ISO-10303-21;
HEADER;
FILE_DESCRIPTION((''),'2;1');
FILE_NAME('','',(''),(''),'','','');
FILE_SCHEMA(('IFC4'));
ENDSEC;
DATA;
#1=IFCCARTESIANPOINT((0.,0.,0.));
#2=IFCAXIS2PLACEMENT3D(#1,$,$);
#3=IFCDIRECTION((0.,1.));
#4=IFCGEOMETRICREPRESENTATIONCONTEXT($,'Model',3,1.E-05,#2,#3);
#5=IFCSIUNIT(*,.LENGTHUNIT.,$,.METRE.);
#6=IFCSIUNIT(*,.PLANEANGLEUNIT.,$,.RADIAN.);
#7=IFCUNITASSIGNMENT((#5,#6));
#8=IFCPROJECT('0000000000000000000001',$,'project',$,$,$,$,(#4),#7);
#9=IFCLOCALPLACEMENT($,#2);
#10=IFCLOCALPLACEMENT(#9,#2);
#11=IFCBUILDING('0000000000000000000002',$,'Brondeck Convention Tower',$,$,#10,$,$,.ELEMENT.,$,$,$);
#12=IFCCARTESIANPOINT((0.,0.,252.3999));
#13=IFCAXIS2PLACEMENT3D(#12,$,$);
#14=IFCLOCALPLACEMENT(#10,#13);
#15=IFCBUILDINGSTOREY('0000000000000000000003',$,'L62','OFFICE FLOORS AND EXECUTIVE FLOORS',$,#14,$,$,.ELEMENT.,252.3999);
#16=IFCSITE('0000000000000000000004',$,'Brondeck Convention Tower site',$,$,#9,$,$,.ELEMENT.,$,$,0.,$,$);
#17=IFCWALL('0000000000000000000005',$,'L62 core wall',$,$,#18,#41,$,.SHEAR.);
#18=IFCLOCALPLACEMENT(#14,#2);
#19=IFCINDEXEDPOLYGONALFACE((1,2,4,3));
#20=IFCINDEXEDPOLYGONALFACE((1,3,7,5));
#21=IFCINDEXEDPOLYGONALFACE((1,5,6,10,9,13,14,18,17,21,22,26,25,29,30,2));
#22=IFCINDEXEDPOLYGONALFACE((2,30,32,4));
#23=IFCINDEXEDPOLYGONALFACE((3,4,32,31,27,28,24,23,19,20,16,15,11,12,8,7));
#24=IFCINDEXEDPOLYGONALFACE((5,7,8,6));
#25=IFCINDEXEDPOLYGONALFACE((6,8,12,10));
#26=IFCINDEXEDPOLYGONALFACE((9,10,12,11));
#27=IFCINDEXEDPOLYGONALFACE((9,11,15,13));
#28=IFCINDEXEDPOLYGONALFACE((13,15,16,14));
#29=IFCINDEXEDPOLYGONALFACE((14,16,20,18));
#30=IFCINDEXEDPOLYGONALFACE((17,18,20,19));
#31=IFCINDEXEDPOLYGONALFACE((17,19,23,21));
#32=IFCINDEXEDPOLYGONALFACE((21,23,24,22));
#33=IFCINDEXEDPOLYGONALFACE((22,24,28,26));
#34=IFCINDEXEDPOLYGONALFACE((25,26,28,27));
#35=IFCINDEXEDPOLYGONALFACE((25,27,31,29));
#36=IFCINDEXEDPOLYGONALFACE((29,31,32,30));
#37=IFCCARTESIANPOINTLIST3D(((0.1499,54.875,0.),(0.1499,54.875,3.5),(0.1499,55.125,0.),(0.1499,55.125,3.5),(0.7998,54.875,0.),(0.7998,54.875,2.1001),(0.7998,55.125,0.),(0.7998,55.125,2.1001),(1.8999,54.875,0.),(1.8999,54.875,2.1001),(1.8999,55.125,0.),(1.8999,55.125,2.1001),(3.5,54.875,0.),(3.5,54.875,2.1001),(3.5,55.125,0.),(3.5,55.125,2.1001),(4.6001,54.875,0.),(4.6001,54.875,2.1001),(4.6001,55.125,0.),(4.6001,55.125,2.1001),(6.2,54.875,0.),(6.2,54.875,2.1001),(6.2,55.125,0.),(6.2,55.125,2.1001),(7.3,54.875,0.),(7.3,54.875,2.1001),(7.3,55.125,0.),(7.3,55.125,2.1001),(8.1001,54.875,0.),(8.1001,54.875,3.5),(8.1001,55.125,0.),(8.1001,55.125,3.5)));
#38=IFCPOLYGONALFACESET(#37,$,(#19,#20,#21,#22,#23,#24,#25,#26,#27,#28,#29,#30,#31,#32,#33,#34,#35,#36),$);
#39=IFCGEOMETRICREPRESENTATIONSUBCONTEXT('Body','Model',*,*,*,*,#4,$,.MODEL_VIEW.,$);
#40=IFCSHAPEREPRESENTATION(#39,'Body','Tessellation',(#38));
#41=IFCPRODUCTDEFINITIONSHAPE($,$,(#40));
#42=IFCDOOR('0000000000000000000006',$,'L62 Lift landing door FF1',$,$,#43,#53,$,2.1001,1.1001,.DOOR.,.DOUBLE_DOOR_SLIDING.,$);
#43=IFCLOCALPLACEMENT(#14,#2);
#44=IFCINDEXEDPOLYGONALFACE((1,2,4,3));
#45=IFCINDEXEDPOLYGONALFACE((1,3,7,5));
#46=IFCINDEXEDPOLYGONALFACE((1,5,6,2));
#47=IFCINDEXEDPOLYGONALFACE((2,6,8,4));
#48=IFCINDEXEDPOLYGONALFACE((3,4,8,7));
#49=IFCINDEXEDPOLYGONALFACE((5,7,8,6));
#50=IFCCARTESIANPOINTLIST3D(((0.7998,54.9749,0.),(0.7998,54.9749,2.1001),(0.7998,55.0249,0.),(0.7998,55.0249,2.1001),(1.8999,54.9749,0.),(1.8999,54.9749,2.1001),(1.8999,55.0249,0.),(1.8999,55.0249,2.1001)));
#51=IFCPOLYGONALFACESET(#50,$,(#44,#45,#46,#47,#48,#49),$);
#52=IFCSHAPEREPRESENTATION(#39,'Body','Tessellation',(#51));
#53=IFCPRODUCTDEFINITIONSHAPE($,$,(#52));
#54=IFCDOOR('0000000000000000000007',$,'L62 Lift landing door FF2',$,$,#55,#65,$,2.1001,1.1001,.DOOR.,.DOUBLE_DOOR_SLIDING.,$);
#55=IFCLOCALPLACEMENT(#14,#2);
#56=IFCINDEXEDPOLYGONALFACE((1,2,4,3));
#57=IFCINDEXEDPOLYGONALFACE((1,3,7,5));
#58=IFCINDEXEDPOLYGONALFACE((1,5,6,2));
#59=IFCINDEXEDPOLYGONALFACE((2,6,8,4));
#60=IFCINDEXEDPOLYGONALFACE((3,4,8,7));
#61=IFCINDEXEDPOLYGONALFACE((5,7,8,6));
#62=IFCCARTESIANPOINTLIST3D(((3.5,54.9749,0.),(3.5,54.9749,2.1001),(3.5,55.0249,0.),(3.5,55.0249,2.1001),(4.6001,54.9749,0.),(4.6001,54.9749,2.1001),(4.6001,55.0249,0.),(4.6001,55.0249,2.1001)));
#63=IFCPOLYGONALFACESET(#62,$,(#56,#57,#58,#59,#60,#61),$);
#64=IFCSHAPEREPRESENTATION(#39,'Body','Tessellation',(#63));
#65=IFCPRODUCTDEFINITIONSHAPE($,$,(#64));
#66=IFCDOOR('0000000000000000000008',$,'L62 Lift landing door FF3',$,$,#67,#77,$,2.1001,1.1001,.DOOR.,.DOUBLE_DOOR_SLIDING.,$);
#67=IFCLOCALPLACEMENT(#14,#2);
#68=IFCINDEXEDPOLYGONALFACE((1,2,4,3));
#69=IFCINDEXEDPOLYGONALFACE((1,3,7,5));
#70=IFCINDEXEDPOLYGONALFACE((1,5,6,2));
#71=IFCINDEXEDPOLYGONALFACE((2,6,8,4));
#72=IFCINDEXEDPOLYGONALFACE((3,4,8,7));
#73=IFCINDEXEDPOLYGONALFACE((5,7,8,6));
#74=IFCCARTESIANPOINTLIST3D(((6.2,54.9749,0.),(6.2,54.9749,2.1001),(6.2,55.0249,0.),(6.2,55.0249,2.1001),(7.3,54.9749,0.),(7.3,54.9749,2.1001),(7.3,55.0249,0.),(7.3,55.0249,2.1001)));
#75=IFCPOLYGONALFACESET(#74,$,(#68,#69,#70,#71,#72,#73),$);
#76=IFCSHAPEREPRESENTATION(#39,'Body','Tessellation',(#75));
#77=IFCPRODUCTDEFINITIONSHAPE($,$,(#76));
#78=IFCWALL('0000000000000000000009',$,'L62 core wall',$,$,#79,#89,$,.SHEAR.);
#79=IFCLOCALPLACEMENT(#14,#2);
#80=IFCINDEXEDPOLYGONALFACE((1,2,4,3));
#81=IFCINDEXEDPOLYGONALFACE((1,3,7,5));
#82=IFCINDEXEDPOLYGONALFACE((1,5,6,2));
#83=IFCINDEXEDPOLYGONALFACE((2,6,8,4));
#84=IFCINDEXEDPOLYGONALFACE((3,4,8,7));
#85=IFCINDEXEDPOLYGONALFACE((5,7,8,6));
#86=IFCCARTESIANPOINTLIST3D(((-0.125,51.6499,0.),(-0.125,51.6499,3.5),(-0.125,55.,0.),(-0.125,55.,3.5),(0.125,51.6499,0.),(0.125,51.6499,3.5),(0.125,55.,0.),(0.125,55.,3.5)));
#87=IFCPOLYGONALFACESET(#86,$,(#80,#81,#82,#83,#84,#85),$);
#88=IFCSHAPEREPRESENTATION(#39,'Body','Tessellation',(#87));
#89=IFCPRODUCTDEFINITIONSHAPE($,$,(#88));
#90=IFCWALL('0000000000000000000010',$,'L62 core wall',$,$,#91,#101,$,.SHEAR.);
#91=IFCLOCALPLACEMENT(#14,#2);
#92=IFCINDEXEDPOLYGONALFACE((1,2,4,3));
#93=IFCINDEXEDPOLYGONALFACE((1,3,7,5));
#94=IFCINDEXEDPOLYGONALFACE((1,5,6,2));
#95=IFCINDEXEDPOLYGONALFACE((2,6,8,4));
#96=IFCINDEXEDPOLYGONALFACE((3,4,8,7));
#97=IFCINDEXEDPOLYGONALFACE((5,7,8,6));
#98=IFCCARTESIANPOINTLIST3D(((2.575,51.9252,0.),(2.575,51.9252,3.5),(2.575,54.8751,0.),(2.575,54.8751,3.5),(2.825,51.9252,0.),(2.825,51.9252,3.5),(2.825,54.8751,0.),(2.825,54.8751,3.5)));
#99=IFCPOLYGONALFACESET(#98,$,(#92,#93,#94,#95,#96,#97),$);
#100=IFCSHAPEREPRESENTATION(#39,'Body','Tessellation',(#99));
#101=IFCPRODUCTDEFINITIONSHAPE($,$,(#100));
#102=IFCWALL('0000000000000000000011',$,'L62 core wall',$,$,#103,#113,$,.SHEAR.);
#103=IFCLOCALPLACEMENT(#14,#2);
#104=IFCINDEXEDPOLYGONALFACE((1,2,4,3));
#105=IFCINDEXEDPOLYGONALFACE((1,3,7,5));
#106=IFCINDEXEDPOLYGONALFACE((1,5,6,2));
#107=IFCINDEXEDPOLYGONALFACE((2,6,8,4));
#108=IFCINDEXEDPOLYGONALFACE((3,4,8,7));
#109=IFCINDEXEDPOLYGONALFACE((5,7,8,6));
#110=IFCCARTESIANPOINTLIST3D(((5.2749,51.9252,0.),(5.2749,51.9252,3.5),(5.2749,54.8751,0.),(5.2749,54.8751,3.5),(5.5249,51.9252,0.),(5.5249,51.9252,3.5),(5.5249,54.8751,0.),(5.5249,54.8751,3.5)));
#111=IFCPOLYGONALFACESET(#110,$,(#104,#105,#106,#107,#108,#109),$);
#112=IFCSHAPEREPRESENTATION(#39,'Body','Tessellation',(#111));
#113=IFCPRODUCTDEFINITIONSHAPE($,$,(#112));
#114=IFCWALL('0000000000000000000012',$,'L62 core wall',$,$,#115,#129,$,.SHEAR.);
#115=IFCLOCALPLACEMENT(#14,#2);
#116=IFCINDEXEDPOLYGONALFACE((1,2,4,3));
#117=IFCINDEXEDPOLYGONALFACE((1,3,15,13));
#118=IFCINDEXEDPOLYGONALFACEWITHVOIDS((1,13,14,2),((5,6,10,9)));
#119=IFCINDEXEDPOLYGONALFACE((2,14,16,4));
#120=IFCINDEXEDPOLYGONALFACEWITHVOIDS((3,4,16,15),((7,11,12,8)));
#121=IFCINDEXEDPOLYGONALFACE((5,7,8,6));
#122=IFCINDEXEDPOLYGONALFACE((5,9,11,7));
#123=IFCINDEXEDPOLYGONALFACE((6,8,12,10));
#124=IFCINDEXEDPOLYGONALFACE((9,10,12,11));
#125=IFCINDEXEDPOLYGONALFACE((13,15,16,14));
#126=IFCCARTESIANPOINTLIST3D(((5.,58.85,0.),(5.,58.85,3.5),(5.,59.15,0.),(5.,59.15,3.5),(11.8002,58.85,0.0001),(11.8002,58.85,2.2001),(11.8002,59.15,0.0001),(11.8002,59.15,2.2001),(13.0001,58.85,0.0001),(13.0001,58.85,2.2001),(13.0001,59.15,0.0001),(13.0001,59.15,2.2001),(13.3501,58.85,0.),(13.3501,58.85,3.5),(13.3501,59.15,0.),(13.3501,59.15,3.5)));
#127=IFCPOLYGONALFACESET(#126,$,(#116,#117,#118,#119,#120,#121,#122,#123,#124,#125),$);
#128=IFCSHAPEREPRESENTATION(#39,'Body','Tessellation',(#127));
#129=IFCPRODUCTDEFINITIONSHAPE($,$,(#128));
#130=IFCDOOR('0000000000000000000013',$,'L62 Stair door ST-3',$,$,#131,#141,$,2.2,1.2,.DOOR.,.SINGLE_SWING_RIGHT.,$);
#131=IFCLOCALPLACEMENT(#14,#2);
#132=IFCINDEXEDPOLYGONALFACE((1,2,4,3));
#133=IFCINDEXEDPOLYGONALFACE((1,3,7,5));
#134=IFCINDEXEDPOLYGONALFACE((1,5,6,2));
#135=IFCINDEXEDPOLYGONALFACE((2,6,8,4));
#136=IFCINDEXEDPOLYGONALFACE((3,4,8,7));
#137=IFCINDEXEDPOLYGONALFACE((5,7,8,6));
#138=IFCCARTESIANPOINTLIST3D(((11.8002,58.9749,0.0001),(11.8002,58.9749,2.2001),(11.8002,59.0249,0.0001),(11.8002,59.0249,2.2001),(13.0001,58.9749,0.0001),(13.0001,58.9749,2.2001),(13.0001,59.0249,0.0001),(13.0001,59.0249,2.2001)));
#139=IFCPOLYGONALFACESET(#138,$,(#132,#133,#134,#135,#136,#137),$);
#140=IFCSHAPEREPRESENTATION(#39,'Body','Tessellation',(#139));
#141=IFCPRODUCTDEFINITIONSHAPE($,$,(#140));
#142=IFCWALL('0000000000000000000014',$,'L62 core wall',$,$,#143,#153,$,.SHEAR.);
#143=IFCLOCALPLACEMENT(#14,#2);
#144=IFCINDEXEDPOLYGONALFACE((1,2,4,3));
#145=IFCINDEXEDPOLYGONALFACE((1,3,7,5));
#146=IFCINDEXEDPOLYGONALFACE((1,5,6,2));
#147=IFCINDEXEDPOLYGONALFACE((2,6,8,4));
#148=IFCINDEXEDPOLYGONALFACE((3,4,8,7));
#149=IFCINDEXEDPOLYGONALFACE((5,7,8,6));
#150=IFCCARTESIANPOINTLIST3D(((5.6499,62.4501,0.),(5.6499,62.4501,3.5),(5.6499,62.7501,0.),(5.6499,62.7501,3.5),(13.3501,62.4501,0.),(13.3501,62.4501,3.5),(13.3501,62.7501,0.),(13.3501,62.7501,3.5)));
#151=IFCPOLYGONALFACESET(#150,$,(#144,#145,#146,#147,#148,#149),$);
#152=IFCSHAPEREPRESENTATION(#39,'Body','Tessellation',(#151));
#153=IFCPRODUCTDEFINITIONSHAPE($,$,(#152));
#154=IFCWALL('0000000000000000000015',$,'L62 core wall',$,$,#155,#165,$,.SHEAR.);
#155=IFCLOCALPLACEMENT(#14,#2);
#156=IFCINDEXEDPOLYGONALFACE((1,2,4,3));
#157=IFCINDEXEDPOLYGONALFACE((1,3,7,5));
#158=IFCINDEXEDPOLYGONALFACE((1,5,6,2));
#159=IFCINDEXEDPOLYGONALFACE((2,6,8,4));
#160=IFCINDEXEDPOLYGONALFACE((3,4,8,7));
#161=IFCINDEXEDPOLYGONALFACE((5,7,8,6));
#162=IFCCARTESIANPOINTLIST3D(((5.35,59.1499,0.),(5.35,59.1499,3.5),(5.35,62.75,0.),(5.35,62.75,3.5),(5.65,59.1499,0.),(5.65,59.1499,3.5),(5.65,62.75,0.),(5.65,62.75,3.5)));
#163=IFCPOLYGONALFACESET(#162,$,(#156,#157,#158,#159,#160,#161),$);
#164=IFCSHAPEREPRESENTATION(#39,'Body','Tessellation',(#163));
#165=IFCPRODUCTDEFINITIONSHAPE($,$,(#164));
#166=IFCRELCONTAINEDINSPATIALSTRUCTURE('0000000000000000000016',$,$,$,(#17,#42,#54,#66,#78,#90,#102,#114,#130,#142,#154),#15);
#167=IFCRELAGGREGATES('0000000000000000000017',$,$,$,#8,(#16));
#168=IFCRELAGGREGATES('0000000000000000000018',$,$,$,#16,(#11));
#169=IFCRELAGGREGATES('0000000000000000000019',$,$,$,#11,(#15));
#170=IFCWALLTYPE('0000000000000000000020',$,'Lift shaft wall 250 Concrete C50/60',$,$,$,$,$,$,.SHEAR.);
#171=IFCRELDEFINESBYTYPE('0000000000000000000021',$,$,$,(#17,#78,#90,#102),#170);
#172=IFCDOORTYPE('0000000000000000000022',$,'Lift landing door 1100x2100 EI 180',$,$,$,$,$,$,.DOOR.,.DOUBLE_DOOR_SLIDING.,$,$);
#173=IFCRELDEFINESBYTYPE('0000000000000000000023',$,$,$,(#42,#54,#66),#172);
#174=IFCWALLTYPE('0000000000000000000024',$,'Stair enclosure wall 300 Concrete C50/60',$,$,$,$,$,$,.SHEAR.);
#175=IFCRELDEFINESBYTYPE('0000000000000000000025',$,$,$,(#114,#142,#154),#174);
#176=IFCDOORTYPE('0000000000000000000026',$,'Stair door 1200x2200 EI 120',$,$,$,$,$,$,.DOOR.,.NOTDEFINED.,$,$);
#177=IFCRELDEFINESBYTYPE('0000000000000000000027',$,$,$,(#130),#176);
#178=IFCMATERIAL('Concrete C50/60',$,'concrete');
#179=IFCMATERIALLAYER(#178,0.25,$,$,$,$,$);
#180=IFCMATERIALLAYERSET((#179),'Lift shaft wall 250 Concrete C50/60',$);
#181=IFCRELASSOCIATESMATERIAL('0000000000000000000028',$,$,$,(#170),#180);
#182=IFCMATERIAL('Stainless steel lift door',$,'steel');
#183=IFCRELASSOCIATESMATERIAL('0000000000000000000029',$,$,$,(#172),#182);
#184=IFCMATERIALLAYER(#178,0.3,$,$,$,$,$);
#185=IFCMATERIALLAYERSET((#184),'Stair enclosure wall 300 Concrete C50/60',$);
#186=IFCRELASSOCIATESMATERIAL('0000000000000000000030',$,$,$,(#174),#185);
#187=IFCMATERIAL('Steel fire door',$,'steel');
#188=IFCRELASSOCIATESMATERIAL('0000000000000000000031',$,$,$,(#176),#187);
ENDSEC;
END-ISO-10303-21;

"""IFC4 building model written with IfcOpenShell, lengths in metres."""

from ifc_helpers import new_model, si_unit, direction, frame, frame_2d, origin, place, context, subcontext, project, spatial, rectangle, extrude, material, layer, layer_set, type_object, element, fill, save


model = new_model("IFC4")

# Units and contexts
model_context = context("Model", 3, precision=1e-05, world=origin(), true_north=direction((0.0, 1.0)))
body_context = subcontext(model_context, "Body", "Model", "MODEL_VIEW")
ifc_project = project(units=[si_unit("LENGTHUNIT", "METRE"), si_unit("PLANEANGLEUNIT", "RADIAN")], contexts=[model_context])

# Site, building, storey
site_placement = place(None, origin())
site = spatial("IfcSite", under=ifc_project, at=site_placement, Name="Brondeck Convention Tower site", CompositionType="ELEMENT", RefElevation=0.0)
building_placement = place(site_placement, origin())
building = spatial("IfcBuilding", under=site, at=building_placement, Name="Brondeck Convention Tower", CompositionType="ELEMENT")
storey_placement = place(building_placement, frame((0.0, 0.0, 252.3999)))
storey = spatial("IfcBuildingStorey", under=building, at=storey_placement, Name="L62", Description="OFFICE FLOORS AND EXECUTIVE FLOORS", CompositionType="ELEMENT", Elevation=252.3999)

# Shared definitions
ifc_material_1 = material(Name="Concrete C50/60", Category="concrete")

# Shared definitions
ifc_layer_1 = layer(ifc_material_1, 0.25)
ifc_layer_set_1 = layer_set([ifc_layer_1], Name="Lift shaft wall 250 Concrete C50/60")
wall_type_1 = type_object("IfcWallType", Name="Lift shaft wall 250 Concrete C50/60", PredefinedType="SHEAR", material=ifc_layer_set_1)

# Wall, openings, doors
wall_1_placement = place(storey_placement, frame((0.1499, 55.0, 0.0), z_axis=(0.0, 0.0, 1.0), x_axis=(1.0, 0.0, 0.0)))
wall_1 = element("IfcWall", 1, at=wall_1_placement, inside=storey, type_object=wall_type_1, Name="L62 core wall", PredefinedType="SHEAR", context=body_context, shape_type="SweptSolid", body=[
    extrude(rectangle(XDim=7.9502, YDim=0.25, at=frame_2d((3.9751, 0.0))), origin(), (0.0, 0.0, 1.0), 3.5),
])
opening_1_placement = place(wall_1_placement, frame((0.6499, 0.0, 0.0)))
opening_1 = element("IfcOpeningElement", 2, at=opening_1_placement, cuts=wall_1, PredefinedType="OPENING", context=body_context, shape_type="SweptSolid", body=[
    extrude(rectangle(XDim=1.1001, YDim=2.1001, at=frame_2d((0.55, 1.05))), frame((0.0, 0.135, 0.0), z_axis=(0.0, -1.0, 0.0), x_axis=(1.0, 0.0, 0.0)), (0.0, 0.0, 1.0), 0.27),
])
opening_2_placement = place(wall_1_placement, frame((3.3501, 0.0, 0.0)))
opening_2 = element("IfcOpeningElement", 3, at=opening_2_placement, cuts=wall_1, PredefinedType="OPENING", context=body_context, shape_type="SweptSolid", body=[
    extrude(rectangle(XDim=1.1001, YDim=2.1001, at=frame_2d((0.55, 1.05))), frame((0.0, 0.135, 0.0), z_axis=(0.0, -1.0, 0.0), x_axis=(1.0, 0.0, 0.0)), (0.0, 0.0, 1.0), 0.27),
])
opening_3_placement = place(wall_1_placement, frame((6.05, 0.0, 0.0)))
opening_3 = element("IfcOpeningElement", 4, at=opening_3_placement, cuts=wall_1, PredefinedType="OPENING", context=body_context, shape_type="SweptSolid", body=[
    extrude(rectangle(XDim=1.1001, YDim=2.1001, at=frame_2d((0.55, 1.05))), frame((0.0, 0.135, 0.0), z_axis=(0.0, -1.0, 0.0), x_axis=(1.0, 0.0, 0.0)), (0.0, 0.0, 1.0), 0.27),
])
ifc_material_2 = material(Name="Stainless steel lift door", Category="steel")
door_type_1 = type_object("IfcDoorType", Name="Lift landing door 1100x2100 EI 180", OperationType="DOUBLE_DOOR_SLIDING", PredefinedType="DOOR", material=ifc_material_2)
door_1_placement = place(opening_1_placement, origin())
door_1 = element("IfcDoor", 5, at=door_1_placement, inside=storey, type_object=door_type_1, Name="L62 Lift landing door FF1", OperationType="DOUBLE_DOOR_SLIDING", OverallHeight=2.1001, OverallWidth=1.1001, PredefinedType="DOOR", context=body_context, shape_type="SweptSolid", body=[
    extrude(rectangle(XDim=1.1001, YDim=2.1001, at=frame_2d((0.55, 1.05))), frame((0.0, 0.0249, 0.0), z_axis=(0.0, -1.0, 0.0), x_axis=(1.0, 0.0, 0.0)), (0.0, 0.0, 1.0), 0.05),
])
fill(opening_1, door_1)
door_2_placement = place(opening_2_placement, origin())
door_2 = element("IfcDoor", 6, at=door_2_placement, inside=storey, type_object=door_type_1, Name="L62 Lift landing door FF2", OperationType="DOUBLE_DOOR_SLIDING", OverallHeight=2.1001, OverallWidth=1.1001, PredefinedType="DOOR", context=body_context, shape_type="SweptSolid", body=[
    extrude(rectangle(XDim=1.1001, YDim=2.1001, at=frame_2d((0.55, 1.05))), frame((0.0, 0.0249, 0.0), z_axis=(0.0, -1.0, 0.0), x_axis=(1.0, 0.0, 0.0)), (0.0, 0.0, 1.0), 0.05),
])
fill(opening_2, door_2)
door_3_placement = place(opening_3_placement, origin())
door_3 = element("IfcDoor", 7, at=door_3_placement, inside=storey, type_object=door_type_1, Name="L62 Lift landing door FF3", OperationType="DOUBLE_DOOR_SLIDING", OverallHeight=2.1001, OverallWidth=1.1001, PredefinedType="DOOR", context=body_context, shape_type="SweptSolid", body=[
    extrude(rectangle(XDim=1.1001, YDim=2.1001, at=frame_2d((0.55, 1.05))), frame((0.0, 0.0249, 0.0), z_axis=(0.0, -1.0, 0.0), x_axis=(1.0, 0.0, 0.0)), (0.0, 0.0, 1.0), 0.05),
])
fill(opening_3, door_3)

# Walls
wall_2_placement = place(storey_placement, frame((0.0, 51.6499, 0.0), z_axis=(0.0, 0.0, 1.0), x_axis=(0.0, 1.0, 0.0)))
element("IfcWall", 8, at=wall_2_placement, inside=storey, type_object=wall_type_1, Name="L62 core wall", PredefinedType="SHEAR", context=body_context, shape_type="SweptSolid", body=[
    extrude(rectangle(XDim=3.3501, YDim=0.25, at=frame_2d((1.675, 0.0))), origin(), (0.0, 0.0, 1.0), 3.5),
])
for number, where, z_axis, x_axis, name in (
    (9, (2.7, 51.925, 0.0), (0.0, 0.0, 1.0), (0.0, 1.0, 0.0), "L62 core wall"),
    (10, (5.3999, 51.925, 0.0), (0.0, 0.0, 1.0), (0.0, 1.0, 0.0), "L62 core wall"),
):
    element("IfcWall", number, at=place(storey_placement, frame(where, z_axis=z_axis, x_axis=x_axis)), inside=storey, type_object=wall_type_1, Name=name, PredefinedType="SHEAR", context=body_context, shape_type="SweptSolid", body=[
        extrude(rectangle(XDim=2.95, YDim=0.25, at=frame_2d((1.4751, 0.0))), origin(), (0.0, 0.0, 1.0), 3.5),
    ])

# Wall, opening, door
ifc_layer_2 = layer(ifc_material_1, 0.3)
ifc_layer_set_2 = layer_set([ifc_layer_2], Name="Stair enclosure wall 300 Concrete C50/60")
wall_type_2 = type_object("IfcWallType", Name="Stair enclosure wall 300 Concrete C50/60", PredefinedType="SHEAR", material=ifc_layer_set_2)
wall_3_placement = place(storey_placement, frame((5.0, 59.0, 0.0), z_axis=(0.0, 0.0, 1.0), x_axis=(1.0, 0.0, 0.0)))
wall_3 = element("IfcWall", 11, at=wall_3_placement, inside=storey, type_object=wall_type_2, Name="L62 core wall", PredefinedType="SHEAR", context=body_context, shape_type="SweptSolid", body=[
    extrude(rectangle(XDim=8.3501, YDim=0.3, at=frame_2d((4.175, 0.0))), origin(), (0.0, 0.0, 1.0), 3.5),
])
opening_4_placement = place(wall_3_placement, frame((6.8, 0.0, 0.0)))
opening_4 = element("IfcOpeningElement", 12, at=opening_4_placement, cuts=wall_3, PredefinedType="OPENING", context=body_context, shape_type="SweptSolid", body=[
    extrude(rectangle(XDim=1.2, YDim=2.2, at=frame_2d((0.6001, 1.1001))), frame((0.0, 0.1599, 0.0), z_axis=(0.0, -1.0, 0.0), x_axis=(1.0, 0.0, 0.0)), (0.0, 0.0, 1.0), 0.3201),
])
ifc_material_3 = material(Name="Steel fire door", Category="steel")
door_type_2 = type_object("IfcDoorType", Name="Stair door 1200x2200 EI 120", OperationType="NOTDEFINED", PredefinedType="DOOR", material=ifc_material_3)
door_4_placement = place(opening_4_placement, origin())
door_4 = element("IfcDoor", 13, at=door_4_placement, inside=storey, type_object=door_type_2, Name="L62 Stair door ST-3", OperationType="SINGLE_SWING_RIGHT", OverallHeight=2.2, OverallWidth=1.2, PredefinedType="DOOR", context=body_context, shape_type="SweptSolid", body=[
    extrude(rectangle(XDim=1.2, YDim=2.2, at=frame_2d((0.6001, 1.1001))), frame((0.0, 0.0249, 0.0), z_axis=(0.0, -1.0, 0.0), x_axis=(1.0, 0.0, 0.0)), (0.0, 0.0, 1.0), 0.05),
])
fill(opening_4, door_4)

# Walls
wall_4_placement = place(storey_placement, frame((5.6499, 62.6001, 0.0), z_axis=(0.0, 0.0, 1.0), x_axis=(1.0, 0.0, 0.0)))
element("IfcWall", 14, at=wall_4_placement, inside=storey, type_object=wall_type_2, Name="L62 core wall", PredefinedType="SHEAR", context=body_context, shape_type="SweptSolid", body=[
    extrude(rectangle(XDim=7.7002, YDim=0.3, at=frame_2d((3.8501, 0.0))), origin(), (0.0, 0.0, 1.0), 3.5),
])
wall_5_placement = place(storey_placement, frame((5.5, 59.1499, 0.0), z_axis=(0.0, 0.0, 1.0), x_axis=(0.0, 1.0, 0.0)))
element("IfcWall", 15, at=wall_5_placement, inside=storey, type_object=wall_type_2, Name="L62 core wall", PredefinedType="SHEAR", context=body_context, shape_type="SweptSolid", body=[
    extrude(rectangle(XDim=3.6001, YDim=0.3, at=frame_2d((1.8, 0.0))), origin(), (0.0, 0.0, 1.0), 3.5),
])

save(model, "model.ifc")
